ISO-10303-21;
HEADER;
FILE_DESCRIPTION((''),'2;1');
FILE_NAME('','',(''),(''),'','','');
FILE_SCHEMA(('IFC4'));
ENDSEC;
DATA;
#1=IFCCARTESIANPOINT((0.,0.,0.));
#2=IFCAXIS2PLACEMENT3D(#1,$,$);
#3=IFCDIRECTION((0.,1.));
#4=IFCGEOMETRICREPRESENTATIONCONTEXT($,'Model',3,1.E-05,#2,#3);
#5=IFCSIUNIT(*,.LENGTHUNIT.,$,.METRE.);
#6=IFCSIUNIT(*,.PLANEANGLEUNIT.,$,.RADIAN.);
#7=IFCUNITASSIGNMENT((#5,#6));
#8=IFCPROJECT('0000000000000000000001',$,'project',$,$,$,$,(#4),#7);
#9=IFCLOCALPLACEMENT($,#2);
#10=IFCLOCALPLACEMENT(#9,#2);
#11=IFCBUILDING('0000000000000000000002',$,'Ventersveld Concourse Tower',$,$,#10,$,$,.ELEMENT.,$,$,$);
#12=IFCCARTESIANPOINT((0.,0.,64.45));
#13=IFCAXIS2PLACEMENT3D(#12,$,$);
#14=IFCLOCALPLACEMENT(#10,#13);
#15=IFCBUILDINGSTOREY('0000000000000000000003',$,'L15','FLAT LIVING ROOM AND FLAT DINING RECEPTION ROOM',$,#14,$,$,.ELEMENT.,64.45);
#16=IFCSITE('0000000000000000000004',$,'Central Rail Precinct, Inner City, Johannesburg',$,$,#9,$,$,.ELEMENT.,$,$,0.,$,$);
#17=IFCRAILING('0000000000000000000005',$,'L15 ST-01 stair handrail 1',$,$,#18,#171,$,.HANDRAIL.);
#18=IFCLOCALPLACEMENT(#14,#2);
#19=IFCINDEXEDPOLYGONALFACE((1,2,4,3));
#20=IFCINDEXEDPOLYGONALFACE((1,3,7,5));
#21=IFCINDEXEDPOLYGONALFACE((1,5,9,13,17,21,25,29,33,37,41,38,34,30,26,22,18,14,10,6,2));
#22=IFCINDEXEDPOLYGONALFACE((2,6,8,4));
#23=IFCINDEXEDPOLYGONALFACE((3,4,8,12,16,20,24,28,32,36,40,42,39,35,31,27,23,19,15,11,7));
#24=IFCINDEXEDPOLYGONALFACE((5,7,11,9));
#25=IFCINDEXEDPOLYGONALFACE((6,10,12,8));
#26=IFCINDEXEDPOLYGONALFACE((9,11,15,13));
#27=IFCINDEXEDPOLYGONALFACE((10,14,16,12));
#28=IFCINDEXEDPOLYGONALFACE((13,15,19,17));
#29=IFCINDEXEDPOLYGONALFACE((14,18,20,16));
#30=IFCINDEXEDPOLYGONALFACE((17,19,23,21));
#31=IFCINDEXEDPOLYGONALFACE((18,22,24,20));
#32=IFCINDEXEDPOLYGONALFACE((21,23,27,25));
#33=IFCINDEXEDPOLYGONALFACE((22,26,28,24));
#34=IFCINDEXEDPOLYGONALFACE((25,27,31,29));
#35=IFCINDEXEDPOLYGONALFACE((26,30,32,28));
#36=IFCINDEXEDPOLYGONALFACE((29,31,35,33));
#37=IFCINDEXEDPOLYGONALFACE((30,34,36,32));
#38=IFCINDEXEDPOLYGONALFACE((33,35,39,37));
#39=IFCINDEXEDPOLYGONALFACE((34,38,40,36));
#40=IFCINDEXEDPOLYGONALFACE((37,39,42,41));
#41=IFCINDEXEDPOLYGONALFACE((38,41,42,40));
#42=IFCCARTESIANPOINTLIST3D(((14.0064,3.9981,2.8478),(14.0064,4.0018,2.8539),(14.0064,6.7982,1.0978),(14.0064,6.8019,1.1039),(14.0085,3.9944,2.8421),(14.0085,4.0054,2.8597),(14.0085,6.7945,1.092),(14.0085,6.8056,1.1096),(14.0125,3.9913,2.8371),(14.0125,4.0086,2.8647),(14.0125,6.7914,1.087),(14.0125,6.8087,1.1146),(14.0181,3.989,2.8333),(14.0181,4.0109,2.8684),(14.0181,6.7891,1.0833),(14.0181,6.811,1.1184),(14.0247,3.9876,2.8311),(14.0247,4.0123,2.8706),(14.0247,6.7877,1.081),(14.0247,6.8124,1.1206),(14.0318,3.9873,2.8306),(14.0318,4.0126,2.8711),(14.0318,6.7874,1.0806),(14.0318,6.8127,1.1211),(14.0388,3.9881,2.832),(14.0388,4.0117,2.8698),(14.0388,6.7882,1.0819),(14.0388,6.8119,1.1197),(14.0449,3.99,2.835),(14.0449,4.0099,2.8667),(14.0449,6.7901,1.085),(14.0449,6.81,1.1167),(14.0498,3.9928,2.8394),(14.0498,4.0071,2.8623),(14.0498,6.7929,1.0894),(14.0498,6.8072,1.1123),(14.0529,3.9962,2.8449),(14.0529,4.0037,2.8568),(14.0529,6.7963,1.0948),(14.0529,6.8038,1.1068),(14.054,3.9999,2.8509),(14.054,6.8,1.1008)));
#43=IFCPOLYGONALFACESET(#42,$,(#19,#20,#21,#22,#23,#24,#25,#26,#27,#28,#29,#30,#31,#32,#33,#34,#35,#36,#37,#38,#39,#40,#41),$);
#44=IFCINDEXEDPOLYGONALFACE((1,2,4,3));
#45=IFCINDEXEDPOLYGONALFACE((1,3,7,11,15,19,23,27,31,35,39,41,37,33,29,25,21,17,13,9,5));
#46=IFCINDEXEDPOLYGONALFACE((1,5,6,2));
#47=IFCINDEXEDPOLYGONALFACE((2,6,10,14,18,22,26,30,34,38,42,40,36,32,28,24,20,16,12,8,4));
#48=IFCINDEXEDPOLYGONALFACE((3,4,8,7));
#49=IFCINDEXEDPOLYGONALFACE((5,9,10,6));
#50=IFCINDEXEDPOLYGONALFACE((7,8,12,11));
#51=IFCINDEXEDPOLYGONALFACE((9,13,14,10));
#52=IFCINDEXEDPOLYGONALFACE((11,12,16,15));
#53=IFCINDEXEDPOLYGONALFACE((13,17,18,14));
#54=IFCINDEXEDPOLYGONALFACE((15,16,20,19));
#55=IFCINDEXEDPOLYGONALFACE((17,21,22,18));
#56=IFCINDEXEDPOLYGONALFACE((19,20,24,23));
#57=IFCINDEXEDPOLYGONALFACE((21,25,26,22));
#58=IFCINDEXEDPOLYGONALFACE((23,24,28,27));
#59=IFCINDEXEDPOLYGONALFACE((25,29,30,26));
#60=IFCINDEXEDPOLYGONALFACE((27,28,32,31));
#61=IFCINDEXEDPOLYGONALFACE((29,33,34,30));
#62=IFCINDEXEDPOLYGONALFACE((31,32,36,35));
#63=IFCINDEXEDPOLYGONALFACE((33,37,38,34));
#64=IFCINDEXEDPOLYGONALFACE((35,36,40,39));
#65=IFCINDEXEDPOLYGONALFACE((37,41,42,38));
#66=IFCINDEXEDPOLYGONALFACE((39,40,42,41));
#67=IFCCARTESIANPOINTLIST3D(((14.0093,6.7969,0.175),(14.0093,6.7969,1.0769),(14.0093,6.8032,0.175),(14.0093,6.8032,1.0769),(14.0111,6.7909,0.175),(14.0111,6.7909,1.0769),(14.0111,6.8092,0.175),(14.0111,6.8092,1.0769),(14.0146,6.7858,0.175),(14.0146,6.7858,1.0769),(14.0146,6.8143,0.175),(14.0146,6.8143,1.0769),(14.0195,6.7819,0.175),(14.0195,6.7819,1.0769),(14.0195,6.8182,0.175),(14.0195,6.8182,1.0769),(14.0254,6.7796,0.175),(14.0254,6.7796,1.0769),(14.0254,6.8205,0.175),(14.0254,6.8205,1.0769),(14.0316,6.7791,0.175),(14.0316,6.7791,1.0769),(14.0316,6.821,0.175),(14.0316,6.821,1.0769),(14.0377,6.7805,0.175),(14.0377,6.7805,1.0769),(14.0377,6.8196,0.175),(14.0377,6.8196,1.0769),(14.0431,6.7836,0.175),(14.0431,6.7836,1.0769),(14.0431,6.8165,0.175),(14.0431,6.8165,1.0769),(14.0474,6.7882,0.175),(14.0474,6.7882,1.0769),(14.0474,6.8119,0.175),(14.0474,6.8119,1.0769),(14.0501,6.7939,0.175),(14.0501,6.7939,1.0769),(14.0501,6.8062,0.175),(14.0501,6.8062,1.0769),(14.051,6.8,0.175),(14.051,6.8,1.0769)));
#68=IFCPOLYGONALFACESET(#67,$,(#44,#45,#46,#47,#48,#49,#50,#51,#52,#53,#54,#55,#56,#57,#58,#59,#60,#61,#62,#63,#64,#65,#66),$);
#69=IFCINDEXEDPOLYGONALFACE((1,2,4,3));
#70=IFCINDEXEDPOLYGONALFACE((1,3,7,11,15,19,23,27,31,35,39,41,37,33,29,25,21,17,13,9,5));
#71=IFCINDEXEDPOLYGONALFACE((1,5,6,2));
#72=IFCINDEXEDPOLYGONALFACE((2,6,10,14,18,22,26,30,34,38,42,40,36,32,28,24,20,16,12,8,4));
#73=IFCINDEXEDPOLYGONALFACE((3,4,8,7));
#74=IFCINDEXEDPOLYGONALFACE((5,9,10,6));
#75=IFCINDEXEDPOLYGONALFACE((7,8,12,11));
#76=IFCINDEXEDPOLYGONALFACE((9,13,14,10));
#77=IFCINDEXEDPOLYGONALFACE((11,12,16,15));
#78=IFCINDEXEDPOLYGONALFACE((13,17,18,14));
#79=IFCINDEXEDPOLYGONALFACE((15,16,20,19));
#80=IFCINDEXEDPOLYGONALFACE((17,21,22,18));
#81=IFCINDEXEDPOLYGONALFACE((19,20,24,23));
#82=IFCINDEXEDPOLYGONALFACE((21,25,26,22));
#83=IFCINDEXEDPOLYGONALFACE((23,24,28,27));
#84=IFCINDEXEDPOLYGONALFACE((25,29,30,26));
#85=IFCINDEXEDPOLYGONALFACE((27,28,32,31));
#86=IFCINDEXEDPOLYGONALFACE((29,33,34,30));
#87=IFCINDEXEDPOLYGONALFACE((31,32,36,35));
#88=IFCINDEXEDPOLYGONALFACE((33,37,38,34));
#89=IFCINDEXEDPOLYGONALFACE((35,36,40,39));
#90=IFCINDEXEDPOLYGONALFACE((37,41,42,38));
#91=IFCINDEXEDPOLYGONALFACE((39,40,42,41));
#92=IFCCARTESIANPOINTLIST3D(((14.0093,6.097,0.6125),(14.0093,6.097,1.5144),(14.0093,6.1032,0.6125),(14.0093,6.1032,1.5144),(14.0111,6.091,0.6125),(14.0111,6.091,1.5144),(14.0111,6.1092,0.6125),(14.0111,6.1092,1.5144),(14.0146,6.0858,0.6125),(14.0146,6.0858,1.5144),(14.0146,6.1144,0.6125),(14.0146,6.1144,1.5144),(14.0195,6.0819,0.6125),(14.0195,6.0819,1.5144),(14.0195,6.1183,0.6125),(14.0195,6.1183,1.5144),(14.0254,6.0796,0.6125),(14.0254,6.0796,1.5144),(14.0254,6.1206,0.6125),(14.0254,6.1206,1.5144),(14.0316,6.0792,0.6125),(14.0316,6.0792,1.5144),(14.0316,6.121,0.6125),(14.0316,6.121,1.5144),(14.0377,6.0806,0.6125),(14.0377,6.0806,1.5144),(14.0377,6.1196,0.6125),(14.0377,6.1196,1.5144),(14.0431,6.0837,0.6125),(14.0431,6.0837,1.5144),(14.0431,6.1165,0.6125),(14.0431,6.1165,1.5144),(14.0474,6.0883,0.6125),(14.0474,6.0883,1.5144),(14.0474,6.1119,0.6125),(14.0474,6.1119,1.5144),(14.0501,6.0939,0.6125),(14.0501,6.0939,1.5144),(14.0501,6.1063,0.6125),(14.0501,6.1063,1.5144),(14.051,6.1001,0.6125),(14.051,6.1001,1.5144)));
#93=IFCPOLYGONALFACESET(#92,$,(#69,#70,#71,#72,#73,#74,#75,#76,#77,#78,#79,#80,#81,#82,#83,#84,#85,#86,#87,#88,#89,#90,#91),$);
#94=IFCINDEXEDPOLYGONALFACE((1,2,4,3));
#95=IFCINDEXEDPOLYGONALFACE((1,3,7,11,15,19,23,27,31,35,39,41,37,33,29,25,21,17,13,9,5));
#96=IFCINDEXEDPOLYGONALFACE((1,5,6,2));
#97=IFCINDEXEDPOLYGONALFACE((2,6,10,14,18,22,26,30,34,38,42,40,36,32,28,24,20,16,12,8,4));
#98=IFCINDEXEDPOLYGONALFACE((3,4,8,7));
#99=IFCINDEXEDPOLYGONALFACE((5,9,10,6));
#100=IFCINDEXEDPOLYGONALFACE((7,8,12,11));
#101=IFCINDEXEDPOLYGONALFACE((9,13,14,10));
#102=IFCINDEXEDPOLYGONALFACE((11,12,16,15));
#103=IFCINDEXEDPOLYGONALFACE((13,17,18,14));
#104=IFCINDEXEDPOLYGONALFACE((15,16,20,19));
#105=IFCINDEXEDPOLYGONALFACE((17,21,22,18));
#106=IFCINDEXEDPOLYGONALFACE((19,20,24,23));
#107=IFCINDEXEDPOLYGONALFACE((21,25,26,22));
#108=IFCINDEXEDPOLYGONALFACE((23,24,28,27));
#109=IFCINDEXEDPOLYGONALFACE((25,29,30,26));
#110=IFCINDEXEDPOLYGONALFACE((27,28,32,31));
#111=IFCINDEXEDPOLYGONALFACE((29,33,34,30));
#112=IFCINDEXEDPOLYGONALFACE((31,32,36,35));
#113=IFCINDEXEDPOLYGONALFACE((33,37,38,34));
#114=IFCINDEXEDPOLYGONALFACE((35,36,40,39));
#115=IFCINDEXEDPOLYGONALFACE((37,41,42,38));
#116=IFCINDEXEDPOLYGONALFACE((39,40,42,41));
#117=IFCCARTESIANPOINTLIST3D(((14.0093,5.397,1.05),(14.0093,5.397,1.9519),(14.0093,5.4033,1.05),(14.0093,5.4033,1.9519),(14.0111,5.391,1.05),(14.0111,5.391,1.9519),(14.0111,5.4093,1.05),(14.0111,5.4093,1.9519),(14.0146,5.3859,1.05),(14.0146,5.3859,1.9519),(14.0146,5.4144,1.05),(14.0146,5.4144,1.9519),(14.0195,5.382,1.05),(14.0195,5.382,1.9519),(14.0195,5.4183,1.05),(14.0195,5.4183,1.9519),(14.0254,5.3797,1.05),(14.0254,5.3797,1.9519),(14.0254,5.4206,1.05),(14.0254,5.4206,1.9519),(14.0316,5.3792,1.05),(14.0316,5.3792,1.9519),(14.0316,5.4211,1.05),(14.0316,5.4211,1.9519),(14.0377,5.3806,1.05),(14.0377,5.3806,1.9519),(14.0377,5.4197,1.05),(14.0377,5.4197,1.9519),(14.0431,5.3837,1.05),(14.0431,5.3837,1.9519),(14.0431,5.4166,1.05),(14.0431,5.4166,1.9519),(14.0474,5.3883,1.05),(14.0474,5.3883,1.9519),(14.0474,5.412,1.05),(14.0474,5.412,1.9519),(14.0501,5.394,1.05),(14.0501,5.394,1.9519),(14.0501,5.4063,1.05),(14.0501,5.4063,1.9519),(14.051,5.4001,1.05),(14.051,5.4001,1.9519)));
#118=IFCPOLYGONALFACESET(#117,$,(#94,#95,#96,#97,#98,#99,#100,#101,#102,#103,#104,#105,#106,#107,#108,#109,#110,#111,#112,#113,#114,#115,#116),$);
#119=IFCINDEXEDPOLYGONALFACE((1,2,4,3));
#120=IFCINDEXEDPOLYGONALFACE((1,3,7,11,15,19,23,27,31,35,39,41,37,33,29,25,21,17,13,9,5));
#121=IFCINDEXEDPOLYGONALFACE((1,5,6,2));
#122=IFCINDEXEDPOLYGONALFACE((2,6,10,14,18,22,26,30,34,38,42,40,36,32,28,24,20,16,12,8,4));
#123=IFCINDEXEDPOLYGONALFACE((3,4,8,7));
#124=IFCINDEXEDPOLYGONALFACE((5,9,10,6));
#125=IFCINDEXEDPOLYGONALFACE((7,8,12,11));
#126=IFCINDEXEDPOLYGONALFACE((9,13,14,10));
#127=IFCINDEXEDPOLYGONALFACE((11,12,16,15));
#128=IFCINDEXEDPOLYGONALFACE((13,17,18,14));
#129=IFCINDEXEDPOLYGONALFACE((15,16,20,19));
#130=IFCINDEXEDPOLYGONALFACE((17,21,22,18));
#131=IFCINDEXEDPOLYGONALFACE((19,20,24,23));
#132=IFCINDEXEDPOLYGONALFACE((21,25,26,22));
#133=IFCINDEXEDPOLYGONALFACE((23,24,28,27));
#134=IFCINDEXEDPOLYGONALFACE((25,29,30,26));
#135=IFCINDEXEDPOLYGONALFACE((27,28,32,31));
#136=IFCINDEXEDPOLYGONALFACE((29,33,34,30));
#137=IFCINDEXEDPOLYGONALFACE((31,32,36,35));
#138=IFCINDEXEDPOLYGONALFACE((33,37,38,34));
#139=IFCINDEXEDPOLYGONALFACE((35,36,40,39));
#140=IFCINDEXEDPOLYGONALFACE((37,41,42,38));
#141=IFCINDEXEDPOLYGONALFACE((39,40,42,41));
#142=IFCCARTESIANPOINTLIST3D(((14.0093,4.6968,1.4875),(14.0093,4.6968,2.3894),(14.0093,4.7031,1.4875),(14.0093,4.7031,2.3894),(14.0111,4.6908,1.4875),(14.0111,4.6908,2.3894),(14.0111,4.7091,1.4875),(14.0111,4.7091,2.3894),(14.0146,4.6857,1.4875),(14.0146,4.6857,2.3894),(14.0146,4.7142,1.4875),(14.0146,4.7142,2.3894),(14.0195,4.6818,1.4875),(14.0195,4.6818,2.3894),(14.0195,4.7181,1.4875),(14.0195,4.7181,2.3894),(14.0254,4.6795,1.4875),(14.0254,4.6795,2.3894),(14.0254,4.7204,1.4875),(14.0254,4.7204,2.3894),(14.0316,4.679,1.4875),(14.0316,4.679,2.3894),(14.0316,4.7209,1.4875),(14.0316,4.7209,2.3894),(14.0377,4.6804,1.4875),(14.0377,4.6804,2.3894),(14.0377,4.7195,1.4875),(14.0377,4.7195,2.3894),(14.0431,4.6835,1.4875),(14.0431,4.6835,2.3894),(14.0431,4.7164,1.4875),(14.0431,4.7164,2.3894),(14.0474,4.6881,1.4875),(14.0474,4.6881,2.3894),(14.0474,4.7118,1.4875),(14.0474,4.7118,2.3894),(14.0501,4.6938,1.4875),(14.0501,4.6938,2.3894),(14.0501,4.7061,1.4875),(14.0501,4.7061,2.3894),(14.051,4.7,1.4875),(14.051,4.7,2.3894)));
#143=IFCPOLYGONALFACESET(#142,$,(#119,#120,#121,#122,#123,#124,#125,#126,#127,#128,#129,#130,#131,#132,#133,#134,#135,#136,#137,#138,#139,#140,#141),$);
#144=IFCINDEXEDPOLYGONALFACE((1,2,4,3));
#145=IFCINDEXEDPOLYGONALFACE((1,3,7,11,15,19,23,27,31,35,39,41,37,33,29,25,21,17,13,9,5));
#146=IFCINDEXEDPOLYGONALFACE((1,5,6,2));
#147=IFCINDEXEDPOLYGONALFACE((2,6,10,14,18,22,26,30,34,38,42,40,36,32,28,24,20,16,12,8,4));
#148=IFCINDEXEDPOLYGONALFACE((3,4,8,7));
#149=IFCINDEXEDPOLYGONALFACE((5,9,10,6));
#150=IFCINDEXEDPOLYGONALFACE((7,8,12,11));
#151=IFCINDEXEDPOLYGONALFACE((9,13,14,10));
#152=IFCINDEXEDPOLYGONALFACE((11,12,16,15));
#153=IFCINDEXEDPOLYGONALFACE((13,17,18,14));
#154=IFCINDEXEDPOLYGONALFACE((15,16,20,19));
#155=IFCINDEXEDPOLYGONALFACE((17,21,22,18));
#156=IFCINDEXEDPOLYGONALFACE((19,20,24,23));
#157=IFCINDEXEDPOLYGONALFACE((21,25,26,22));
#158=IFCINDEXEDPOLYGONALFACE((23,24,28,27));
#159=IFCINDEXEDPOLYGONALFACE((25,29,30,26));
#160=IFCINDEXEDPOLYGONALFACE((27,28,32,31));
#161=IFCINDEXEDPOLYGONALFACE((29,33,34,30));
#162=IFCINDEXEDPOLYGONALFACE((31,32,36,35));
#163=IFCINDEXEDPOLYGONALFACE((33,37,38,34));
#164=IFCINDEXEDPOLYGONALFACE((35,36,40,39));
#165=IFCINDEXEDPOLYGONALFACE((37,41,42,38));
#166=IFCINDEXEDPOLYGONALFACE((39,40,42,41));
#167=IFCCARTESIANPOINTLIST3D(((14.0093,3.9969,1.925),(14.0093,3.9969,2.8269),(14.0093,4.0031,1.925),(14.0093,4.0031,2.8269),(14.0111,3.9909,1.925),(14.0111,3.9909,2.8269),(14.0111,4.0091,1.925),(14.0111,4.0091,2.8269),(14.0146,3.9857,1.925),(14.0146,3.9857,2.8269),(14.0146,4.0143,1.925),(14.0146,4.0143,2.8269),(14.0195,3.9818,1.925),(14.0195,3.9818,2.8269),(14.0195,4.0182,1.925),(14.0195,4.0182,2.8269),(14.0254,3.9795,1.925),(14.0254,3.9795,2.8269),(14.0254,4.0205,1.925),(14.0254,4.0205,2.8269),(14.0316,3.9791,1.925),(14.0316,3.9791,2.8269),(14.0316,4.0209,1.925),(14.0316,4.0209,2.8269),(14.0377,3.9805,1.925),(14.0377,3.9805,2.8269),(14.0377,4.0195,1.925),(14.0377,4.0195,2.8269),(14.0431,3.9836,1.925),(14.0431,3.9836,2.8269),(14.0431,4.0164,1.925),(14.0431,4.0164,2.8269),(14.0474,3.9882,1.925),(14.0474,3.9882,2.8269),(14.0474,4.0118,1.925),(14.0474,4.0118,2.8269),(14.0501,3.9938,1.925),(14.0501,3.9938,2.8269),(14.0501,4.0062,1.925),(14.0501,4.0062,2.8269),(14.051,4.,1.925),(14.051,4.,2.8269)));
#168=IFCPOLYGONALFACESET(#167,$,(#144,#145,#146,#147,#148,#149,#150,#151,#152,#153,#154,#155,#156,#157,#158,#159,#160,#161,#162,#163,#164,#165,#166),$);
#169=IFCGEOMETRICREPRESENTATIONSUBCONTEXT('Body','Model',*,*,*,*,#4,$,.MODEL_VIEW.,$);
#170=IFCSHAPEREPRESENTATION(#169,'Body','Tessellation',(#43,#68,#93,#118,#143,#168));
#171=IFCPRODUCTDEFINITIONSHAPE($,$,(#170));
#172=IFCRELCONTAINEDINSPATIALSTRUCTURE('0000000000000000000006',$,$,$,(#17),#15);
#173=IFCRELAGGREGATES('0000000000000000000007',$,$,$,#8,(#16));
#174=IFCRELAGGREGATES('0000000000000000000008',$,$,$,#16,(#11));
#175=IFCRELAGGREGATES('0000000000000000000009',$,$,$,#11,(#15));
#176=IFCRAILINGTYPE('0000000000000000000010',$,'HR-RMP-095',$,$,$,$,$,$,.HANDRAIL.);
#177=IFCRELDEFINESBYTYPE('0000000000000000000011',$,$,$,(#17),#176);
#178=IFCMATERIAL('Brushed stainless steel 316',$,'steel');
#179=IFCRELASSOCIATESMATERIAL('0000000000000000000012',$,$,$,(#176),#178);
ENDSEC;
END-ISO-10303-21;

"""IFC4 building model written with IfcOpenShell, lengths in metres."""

from ifc_helpers import new_model, si_unit, direction, frame, origin, origin_2d, place, context, subcontext, project, spatial, circle, extrude, material, type_object, element, save


model = new_model("IFC4")

# Units and contexts
model_context = context("Model", 3, precision=1e-05, world=origin(), true_north=direction((0.0, 1.0)))
body_context = subcontext(model_context, "Body", "Model", "MODEL_VIEW")
ifc_project = project(units=[si_unit("LENGTHUNIT", "METRE"), si_unit("PLANEANGLEUNIT", "RADIAN")], contexts=[model_context])

# Site, building, storey
site_placement = place(None, origin())
site = spatial("IfcSite", under=ifc_project, at=site_placement, Name="Central Rail Precinct, Inner City, Johannesburg", CompositionType="ELEMENT", RefElevation=0.0)
building_placement = place(site_placement, origin())
building = spatial("IfcBuilding", under=site, at=building_placement, Name="Ventersveld Concourse Tower", CompositionType="ELEMENT")
storey_placement = place(building_placement, frame((0.0, 0.0, 64.45)))
storey = spatial("IfcBuildingStorey", under=building, at=storey_placement, Name="L15", Description="FLAT LIVING ROOM AND FLAT DINING RECEPTION ROOM", CompositionType="ELEMENT", Elevation=64.45)

# Railing
ifc_material_1 = material(Name="Brushed stainless steel 316", Category="steel")
railing_type_1 = type_object("IfcRailingType", Name="HR-RMP-095", PredefinedType="HANDRAIL", material=ifc_material_1)
railing_1_placement = place(storey_placement, frame((14.03, 6.8, 0.175)))
element("IfcRailing", 1, at=railing_1_placement, inside=storey, type_object=railing_type_1, Name="L15 ST-01 stair handrail 1", PredefinedType="HANDRAIL", context=body_context, shape_type="SweptSolid", body=[
    extrude(circle(Radius=0.0239, at=origin_2d()), frame((0.0, 0.0, 0.9258), z_axis=(0.0, -0.848002, 0.529992), x_axis=(1.0, 0.0, 0.0)), (0.0, 0.0, 1.0), 3.302),
    extrude(circle(Radius=0.021, at=origin_2d()), origin(), (0.0, 0.0, 1.0), 0.9019),
    extrude(circle(Radius=0.021, at=origin_2d()), frame((0.0, -0.7, 0.4375)), (0.0, 0.0, 1.0), 0.9019),
    extrude(circle(Radius=0.021, at=origin_2d()), frame((0.0, -1.3999, 0.875)), (0.0, 0.0, 1.0), 0.9019),
    extrude(circle(Radius=0.021, at=origin_2d()), frame((0.0, -2.1001, 1.3125)), (0.0, 0.0, 1.0), 0.9019),
    extrude(circle(Radius=0.021, at=origin_2d()), frame((0.0, -2.8, 1.75)), (0.0, 0.0, 1.0), 0.9019),
])

save(model, "model.ifc")
